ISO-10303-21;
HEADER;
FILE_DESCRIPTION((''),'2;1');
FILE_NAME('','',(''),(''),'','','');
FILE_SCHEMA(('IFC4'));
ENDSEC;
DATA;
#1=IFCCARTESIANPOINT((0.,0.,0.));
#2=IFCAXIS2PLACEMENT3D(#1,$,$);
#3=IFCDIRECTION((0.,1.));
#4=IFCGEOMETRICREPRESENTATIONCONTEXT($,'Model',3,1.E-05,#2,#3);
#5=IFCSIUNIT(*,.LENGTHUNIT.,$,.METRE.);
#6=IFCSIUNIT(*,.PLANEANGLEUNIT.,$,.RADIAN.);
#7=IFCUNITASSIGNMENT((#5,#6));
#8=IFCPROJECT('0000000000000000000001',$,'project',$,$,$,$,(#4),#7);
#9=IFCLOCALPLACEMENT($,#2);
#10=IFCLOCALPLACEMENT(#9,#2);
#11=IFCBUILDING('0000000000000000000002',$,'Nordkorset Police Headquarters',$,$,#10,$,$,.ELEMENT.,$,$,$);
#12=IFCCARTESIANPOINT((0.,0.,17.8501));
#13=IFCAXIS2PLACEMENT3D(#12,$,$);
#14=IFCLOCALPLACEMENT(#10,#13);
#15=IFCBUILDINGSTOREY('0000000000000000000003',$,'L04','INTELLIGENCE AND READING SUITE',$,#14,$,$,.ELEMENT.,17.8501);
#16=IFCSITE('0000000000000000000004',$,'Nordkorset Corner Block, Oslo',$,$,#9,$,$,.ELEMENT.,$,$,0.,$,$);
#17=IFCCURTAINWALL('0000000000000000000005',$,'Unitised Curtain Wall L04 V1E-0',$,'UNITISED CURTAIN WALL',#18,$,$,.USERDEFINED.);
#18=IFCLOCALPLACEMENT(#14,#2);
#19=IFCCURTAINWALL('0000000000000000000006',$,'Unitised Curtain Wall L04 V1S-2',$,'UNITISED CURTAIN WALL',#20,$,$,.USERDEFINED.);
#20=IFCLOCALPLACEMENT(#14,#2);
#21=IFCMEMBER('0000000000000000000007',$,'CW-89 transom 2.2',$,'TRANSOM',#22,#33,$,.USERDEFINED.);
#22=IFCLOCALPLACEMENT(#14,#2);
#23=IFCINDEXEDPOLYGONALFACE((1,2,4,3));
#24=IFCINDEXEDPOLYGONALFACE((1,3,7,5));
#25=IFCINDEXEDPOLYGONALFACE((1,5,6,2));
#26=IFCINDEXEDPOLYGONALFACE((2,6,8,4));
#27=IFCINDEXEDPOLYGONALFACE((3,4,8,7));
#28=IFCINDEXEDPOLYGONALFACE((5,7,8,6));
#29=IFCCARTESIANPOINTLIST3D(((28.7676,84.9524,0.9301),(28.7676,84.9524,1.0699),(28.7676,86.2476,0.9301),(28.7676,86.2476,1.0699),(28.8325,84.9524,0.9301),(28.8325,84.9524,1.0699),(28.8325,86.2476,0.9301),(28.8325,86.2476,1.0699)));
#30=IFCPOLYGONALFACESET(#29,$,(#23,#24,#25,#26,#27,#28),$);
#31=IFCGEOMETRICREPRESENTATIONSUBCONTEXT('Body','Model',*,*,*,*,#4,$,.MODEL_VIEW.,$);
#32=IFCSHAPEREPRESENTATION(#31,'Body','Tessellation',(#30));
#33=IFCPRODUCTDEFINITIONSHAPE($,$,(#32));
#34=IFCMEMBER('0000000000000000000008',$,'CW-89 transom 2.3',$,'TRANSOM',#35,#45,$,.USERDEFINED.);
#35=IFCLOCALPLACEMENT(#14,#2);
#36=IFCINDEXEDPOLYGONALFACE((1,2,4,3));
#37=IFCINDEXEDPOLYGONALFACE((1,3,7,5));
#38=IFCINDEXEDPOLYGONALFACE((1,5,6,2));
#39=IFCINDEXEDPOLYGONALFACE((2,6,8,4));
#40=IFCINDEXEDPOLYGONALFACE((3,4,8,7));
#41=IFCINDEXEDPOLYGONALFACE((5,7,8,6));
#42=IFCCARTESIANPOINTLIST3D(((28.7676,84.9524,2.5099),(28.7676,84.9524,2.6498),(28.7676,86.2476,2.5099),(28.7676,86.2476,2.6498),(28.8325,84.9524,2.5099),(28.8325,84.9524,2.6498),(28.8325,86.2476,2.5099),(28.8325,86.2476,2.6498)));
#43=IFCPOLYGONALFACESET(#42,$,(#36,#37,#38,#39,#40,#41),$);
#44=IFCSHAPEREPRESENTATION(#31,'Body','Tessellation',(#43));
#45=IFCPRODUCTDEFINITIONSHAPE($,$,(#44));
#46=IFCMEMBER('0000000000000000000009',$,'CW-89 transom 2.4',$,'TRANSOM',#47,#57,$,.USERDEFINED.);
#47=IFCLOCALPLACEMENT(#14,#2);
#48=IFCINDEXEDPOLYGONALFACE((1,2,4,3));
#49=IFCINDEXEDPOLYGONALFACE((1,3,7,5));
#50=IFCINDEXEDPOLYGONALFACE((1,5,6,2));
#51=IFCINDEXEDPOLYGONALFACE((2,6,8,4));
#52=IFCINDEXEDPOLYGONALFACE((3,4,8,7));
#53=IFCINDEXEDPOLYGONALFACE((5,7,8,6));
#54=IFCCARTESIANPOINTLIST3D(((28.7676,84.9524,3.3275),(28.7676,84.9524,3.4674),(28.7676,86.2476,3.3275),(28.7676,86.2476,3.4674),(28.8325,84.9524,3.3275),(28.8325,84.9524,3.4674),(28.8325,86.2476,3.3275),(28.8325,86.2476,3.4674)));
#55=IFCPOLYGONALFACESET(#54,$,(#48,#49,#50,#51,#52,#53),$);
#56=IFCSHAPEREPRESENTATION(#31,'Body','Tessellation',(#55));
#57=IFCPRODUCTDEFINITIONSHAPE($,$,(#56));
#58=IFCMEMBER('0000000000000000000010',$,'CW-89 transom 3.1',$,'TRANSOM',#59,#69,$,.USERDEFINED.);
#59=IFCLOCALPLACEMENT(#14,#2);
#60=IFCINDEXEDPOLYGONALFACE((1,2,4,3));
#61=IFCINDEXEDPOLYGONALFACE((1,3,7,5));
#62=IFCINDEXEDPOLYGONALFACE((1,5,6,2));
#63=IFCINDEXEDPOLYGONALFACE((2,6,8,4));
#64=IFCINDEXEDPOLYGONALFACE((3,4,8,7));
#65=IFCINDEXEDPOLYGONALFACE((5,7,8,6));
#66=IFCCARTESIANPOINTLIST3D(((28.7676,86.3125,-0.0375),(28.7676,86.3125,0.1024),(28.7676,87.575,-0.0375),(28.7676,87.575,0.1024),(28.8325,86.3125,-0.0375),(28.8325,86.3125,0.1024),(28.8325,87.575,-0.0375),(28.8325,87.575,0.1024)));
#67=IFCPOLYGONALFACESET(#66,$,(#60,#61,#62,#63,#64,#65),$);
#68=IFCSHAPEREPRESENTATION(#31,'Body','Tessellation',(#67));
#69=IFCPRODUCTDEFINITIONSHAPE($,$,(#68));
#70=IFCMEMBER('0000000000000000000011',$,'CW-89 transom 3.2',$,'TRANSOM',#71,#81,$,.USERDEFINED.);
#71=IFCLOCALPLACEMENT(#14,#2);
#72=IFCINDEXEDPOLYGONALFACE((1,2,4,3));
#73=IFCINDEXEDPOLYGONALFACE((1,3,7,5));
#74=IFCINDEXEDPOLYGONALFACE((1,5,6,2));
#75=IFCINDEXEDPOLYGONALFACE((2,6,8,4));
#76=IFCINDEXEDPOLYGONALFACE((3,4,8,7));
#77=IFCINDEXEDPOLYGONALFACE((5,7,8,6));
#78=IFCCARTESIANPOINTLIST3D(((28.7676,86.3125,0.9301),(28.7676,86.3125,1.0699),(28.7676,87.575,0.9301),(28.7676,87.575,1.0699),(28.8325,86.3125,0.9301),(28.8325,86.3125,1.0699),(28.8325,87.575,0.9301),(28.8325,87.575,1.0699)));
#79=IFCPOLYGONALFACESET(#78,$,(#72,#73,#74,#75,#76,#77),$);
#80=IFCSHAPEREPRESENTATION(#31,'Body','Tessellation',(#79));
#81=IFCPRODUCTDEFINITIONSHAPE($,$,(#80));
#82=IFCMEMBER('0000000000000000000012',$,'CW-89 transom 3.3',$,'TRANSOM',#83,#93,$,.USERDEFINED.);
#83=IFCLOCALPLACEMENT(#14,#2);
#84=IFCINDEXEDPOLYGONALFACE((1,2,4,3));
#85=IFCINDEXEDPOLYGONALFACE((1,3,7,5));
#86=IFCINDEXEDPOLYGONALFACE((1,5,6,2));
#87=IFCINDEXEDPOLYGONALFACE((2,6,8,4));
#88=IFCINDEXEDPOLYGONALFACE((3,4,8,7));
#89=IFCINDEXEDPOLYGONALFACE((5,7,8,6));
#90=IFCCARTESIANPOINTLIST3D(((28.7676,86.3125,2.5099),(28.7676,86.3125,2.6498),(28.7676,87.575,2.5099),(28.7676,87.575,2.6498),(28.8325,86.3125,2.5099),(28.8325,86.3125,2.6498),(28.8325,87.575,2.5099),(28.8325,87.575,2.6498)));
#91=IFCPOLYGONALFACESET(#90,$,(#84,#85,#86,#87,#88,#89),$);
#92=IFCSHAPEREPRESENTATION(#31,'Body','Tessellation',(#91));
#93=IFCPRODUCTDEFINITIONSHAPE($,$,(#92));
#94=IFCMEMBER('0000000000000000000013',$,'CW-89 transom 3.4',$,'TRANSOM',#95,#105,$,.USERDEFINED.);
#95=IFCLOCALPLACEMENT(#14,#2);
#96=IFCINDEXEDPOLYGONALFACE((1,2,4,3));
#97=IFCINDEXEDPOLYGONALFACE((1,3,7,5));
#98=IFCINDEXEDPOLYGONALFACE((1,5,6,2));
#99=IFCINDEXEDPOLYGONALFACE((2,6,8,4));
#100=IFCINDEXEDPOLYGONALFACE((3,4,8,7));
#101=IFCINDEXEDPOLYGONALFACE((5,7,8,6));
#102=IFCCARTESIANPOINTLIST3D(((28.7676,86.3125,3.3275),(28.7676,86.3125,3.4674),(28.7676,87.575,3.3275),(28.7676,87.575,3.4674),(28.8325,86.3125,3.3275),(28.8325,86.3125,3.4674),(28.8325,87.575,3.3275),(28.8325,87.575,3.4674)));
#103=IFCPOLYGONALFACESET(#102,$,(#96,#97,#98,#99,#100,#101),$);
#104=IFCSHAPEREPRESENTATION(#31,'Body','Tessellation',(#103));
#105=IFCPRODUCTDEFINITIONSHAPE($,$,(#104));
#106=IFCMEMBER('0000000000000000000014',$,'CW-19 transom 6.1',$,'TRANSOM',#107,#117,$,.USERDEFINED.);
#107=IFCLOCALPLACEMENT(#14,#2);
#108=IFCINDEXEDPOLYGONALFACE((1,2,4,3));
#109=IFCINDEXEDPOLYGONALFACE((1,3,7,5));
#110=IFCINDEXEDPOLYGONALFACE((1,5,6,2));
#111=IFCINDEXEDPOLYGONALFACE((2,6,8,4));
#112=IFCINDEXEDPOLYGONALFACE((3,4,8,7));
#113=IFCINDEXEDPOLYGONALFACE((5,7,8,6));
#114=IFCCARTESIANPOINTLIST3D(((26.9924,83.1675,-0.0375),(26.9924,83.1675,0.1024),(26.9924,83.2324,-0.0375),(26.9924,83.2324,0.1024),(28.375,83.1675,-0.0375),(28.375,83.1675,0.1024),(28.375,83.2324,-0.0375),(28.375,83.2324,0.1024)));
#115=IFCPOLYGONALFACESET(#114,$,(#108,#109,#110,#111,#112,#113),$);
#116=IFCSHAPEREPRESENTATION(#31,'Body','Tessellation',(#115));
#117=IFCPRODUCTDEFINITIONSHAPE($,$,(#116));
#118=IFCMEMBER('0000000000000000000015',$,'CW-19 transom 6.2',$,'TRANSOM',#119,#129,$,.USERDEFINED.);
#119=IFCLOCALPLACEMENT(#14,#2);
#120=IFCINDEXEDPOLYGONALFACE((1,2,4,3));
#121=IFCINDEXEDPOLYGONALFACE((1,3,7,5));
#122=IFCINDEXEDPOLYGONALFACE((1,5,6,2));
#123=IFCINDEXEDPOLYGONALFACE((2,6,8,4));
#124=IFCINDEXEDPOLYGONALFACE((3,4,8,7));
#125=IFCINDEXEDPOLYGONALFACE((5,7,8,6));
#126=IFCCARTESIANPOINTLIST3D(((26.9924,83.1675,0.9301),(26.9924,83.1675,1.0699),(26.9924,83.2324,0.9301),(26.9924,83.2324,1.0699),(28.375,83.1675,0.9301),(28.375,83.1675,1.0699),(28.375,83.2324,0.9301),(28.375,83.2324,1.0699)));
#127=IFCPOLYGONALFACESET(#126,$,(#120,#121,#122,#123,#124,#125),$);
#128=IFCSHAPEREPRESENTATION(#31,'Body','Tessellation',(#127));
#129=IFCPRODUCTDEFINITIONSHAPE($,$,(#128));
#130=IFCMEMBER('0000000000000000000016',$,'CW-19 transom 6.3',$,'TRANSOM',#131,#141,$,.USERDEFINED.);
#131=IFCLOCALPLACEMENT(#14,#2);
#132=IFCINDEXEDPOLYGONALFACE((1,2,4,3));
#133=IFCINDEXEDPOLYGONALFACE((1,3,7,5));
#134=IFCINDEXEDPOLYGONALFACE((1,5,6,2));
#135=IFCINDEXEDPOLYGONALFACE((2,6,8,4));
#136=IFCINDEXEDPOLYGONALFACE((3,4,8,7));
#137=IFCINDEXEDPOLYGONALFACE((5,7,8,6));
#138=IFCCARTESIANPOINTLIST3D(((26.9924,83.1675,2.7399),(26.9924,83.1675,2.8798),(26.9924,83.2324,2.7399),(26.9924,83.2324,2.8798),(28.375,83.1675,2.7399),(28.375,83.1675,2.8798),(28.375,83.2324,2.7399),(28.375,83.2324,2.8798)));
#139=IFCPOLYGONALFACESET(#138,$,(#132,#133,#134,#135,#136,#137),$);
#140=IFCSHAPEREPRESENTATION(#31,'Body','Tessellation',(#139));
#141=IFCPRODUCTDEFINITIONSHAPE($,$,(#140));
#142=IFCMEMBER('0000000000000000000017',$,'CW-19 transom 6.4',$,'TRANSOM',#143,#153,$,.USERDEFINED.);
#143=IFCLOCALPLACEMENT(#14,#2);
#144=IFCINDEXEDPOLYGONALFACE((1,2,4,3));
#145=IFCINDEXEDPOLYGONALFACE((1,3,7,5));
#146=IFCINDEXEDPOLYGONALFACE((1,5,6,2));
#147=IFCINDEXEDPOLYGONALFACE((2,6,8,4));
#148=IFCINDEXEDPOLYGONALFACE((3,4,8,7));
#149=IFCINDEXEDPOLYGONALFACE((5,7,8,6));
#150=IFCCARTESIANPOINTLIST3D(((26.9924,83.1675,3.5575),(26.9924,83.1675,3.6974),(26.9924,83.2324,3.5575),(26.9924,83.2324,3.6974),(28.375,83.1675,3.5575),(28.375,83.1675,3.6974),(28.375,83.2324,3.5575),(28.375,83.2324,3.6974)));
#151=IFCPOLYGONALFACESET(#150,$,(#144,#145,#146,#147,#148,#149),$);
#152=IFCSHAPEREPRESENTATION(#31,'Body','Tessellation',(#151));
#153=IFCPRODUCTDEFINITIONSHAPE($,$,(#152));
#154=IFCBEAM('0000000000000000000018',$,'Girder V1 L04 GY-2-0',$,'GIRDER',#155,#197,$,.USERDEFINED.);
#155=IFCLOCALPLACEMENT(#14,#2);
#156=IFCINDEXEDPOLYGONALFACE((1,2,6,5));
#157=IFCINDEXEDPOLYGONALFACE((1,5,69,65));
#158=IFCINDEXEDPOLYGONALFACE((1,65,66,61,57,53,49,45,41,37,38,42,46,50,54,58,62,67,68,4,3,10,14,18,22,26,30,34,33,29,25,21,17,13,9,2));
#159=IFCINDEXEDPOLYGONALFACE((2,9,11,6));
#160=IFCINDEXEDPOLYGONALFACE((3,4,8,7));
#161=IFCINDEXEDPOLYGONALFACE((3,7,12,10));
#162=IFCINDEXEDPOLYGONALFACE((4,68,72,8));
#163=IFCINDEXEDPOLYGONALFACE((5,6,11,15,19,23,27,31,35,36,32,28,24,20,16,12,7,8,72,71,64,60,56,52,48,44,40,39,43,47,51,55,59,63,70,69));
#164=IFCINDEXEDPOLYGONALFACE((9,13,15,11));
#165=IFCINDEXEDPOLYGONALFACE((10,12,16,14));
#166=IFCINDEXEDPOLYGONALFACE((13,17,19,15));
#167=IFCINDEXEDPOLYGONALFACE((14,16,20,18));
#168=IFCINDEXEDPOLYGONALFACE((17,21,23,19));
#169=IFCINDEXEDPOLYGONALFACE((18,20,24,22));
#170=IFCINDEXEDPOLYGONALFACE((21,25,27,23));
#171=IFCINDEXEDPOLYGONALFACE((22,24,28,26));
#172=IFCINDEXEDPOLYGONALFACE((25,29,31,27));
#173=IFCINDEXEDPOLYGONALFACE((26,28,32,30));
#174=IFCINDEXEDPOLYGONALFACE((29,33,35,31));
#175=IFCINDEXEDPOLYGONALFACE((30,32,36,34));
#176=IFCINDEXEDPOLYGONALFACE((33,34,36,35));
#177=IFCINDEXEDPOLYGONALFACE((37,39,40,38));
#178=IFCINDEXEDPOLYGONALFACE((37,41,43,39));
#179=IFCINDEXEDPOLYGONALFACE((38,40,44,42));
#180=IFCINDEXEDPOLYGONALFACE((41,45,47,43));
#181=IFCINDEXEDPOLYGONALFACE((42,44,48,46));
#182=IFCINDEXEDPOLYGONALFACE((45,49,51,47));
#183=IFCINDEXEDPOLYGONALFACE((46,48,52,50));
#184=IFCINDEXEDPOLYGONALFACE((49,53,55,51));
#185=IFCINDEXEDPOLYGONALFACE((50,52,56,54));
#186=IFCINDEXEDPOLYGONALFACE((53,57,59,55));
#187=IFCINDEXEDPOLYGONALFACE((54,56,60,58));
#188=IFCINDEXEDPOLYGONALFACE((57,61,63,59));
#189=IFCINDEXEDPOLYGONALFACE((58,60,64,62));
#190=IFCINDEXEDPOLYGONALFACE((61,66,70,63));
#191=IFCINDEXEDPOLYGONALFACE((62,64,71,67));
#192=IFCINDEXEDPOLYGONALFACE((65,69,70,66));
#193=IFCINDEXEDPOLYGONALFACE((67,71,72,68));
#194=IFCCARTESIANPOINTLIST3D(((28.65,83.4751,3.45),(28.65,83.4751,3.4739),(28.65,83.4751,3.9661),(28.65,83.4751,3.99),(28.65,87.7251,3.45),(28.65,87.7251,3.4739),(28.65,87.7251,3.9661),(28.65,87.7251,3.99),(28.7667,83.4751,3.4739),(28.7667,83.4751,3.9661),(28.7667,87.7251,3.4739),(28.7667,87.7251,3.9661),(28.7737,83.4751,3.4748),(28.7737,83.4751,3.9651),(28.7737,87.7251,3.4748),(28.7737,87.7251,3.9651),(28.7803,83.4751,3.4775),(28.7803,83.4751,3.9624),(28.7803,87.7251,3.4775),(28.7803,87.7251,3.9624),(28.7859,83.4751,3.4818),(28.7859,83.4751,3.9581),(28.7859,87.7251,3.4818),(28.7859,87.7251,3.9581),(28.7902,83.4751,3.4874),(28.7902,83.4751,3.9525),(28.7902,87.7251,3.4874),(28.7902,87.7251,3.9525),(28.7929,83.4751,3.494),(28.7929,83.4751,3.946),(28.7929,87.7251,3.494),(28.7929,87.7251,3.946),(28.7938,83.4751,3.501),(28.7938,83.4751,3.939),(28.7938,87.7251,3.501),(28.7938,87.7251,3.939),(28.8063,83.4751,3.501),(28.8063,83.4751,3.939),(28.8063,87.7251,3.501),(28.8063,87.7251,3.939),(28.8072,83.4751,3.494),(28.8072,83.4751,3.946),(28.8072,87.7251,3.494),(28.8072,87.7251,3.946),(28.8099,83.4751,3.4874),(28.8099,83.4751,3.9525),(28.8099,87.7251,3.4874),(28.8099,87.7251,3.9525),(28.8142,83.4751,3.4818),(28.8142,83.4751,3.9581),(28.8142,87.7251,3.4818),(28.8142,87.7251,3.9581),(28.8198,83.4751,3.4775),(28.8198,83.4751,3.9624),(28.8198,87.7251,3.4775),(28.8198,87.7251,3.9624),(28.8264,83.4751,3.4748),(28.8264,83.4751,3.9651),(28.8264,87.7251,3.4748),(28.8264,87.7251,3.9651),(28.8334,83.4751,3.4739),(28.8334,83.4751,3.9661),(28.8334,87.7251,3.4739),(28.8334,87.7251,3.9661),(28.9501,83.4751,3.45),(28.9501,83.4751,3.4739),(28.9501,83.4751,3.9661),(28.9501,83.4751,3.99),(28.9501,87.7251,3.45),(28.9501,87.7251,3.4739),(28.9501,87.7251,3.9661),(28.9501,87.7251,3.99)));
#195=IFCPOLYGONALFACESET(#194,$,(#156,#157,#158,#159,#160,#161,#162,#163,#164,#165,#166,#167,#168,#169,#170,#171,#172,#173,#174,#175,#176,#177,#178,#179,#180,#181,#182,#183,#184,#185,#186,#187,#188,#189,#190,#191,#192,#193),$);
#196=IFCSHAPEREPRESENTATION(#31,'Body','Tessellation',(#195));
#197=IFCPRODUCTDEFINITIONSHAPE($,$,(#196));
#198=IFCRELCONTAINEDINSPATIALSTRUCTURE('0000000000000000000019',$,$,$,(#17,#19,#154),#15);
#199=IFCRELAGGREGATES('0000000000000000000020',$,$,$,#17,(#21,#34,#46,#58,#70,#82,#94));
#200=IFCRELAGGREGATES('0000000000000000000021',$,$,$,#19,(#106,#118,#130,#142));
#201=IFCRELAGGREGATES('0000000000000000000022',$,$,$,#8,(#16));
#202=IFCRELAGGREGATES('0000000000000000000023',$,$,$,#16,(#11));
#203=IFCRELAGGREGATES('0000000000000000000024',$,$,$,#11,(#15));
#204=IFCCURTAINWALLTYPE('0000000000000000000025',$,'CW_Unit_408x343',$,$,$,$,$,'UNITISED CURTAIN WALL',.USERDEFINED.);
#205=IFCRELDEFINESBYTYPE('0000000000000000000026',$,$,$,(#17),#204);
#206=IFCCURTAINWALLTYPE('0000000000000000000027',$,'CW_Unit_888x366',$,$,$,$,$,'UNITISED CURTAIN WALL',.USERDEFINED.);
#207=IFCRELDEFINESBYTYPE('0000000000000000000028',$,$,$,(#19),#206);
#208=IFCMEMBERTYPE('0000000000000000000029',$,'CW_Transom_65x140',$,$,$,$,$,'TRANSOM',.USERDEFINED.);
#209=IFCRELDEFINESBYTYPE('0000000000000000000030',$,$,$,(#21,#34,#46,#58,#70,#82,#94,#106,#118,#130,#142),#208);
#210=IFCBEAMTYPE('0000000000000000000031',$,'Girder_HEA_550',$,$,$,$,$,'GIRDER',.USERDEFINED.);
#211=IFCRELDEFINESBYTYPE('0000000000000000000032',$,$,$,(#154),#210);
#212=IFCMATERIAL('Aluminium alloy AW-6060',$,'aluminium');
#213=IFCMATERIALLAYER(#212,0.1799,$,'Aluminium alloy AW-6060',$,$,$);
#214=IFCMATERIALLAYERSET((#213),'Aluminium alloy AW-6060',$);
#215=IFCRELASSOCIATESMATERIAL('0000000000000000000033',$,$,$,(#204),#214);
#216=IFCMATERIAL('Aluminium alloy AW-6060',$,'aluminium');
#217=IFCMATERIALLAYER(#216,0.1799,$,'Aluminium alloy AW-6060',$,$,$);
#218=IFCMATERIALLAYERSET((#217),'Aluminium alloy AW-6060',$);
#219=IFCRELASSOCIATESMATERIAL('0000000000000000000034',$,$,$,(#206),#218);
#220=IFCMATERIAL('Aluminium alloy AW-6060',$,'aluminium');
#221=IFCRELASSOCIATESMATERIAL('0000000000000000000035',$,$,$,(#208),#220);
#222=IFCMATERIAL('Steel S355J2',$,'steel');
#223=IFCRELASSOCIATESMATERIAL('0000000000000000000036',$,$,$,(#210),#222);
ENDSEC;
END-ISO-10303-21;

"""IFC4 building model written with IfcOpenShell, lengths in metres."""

from ifc_helpers import new_model, si_unit, direction, frame, origin, origin_2d, place, context, subcontext, project, spatial, rectangle, i_section, extrude, material, layer, layer_set, material_profile, profile_set, type_object, element, aggregate, save


model = new_model("IFC4")

# Units and contexts
model_context = context("Model", 3, precision=1e-05, world=origin(), true_north=direction((0.0, 1.0)))
body_context = subcontext(model_context, "Body", "Model", "MODEL_VIEW")
ifc_project = project(units=[si_unit("LENGTHUNIT", "METRE"), si_unit("PLANEANGLEUNIT", "RADIAN")], contexts=[model_context])

# Site, building, storey
site_placement = place(None, origin())
site = spatial("IfcSite", under=ifc_project, at=site_placement, Name="Nordkorset Corner Block, Oslo", CompositionType="ELEMENT", RefElevation=0.0)
building_placement = place(site_placement, origin())
building = spatial("IfcBuilding", under=site, at=building_placement, Name="Nordkorset Police Headquarters", CompositionType="ELEMENT")
storey_placement = place(building_placement, frame((0.0, 0.0, 17.8501)))
storey = spatial("IfcBuildingStorey", under=building, at=storey_placement, Name="L04", Description="INTELLIGENCE AND READING SUITE", CompositionType="ELEMENT", Elevation=17.8501)

# Curtain walls
ifc_material_1 = material(Name="Aluminium alloy AW-6060", Category="aluminium")
ifc_layer_1 = layer(ifc_material_1, 0.1799, Name="Aluminium alloy AW-6060")
ifc_layer_set_1 = layer_set([ifc_layer_1], Name="Aluminium alloy AW-6060")
curtain_wall_type_1 = type_object("IfcCurtainWallType", Name="CW_Unit_408x343", ElementType="UNITISED CURTAIN WALL", PredefinedType="USERDEFINED", material=ifc_layer_set_1)
curtain_wall_1_placement = place(storey_placement, origin())
curtain_wall_1 = element("IfcCurtainWall", 1, at=curtain_wall_1_placement, inside=storey, type_object=curtain_wall_type_1, Name="Unitised Curtain Wall L04 V1E-0", ObjectType="UNITISED CURTAIN WALL", PredefinedType="USERDEFINED")
ifc_material_2 = material(Name="Aluminium alloy AW-6060", Category="aluminium")
ifc_layer_2 = layer(ifc_material_2, 0.1799, Name="Aluminium alloy AW-6060")
ifc_layer_set_2 = layer_set([ifc_layer_2], Name="Aluminium alloy AW-6060")
curtain_wall_type_2 = type_object("IfcCurtainWallType", Name="CW_Unit_888x366", ElementType="UNITISED CURTAIN WALL", PredefinedType="USERDEFINED", material=ifc_layer_set_2)
curtain_wall_2_placement = place(storey_placement, origin())
curtain_wall_2 = element("IfcCurtainWall", 2, at=curtain_wall_2_placement, inside=storey, type_object=curtain_wall_type_2, Name="Unitised Curtain Wall L04 V1S-2", ObjectType="UNITISED CURTAIN WALL", PredefinedType="USERDEFINED")

# Members
ifc_material_3 = material(Name="Aluminium alloy AW-6060", Category="aluminium")
ifc_material_profile_1 = material_profile(ifc_material_3, rectangle(XDim=0.0649, YDim=0.1399, at=origin_2d()), Name="ALU TRAN 65x140")
ifc_profile_set_1 = profile_set([ifc_material_profile_1], Name="Aluminium alloy AW-6060")
member_type_1 = type_object("IfcMemberType", Name="CW_Transom_65x140", ElementType="TRANSOM", PredefinedType="USERDEFINED", material=ifc_profile_set_1)
member_1_placement = place(storey_placement, frame((28.8, 84.9524, 1.0), z_axis=(0.0, 1.0, 0.0), x_axis=(-1.0, 0.0, 0.0)))
member_1 = element("IfcMember", 3, at=member_1_placement, type_object=member_type_1, Name="CW-89 transom 2.2", ObjectType="TRANSOM", PredefinedType="USERDEFINED", context=body_context, shape_type="SweptSolid", body=[
    extrude(rectangle(XDim=0.0649, YDim=0.1399, at=origin_2d()), origin(), (0.0, 0.0, 1.0), 1.2952),
])
member_2_placement = place(storey_placement, frame((28.8, 84.9524, 2.5798), z_axis=(0.0, 1.0, 0.0), x_axis=(-1.0, 0.0, 0.0)))
member_2 = element("IfcMember", 4, at=member_2_placement, type_object=member_type_1, Name="CW-89 transom 2.3", ObjectType="TRANSOM", PredefinedType="USERDEFINED", context=body_context, shape_type="SweptSolid", body=[
    extrude(rectangle(XDim=0.0649, YDim=0.1399, at=origin_2d()), origin(), (0.0, 0.0, 1.0), 1.2952),
])
member_3_placement = place(storey_placement, frame((28.8, 84.9524, 3.3975), z_axis=(0.0, 1.0, 0.0), x_axis=(-1.0, 0.0, 0.0)))
member_3 = element("IfcMember", 5, at=member_3_placement, type_object=member_type_1, Name="CW-89 transom 2.4", ObjectType="TRANSOM", PredefinedType="USERDEFINED", context=body_context, shape_type="SweptSolid", body=[
    extrude(rectangle(XDim=0.0649, YDim=0.1399, at=origin_2d()), origin(), (0.0, 0.0, 1.0), 1.2952),
])
member_4_placement = place(storey_placement, frame((28.8, 86.3125, 0.0325), z_axis=(0.0, 1.0, 0.0), x_axis=(-1.0, 0.0, 0.0)))
member_4 = element("IfcMember", 6, at=member_4_placement, type_object=member_type_1, Name="CW-89 transom 3.1", ObjectType="TRANSOM", PredefinedType="USERDEFINED", context=body_context, shape_type="SweptSolid", body=[
    extrude(rectangle(XDim=0.0649, YDim=0.1399, at=origin_2d()), origin(), (0.0, 0.0, 1.0), 1.2625),
])
member_5_placement = place(storey_placement, frame((28.8, 86.3125, 1.0), z_axis=(0.0, 1.0, 0.0), x_axis=(-1.0, 0.0, 0.0)))
member_5 = element("IfcMember", 7, at=member_5_placement, type_object=member_type_1, Name="CW-89 transom 3.2", ObjectType="TRANSOM", PredefinedType="USERDEFINED", context=body_context, shape_type="SweptSolid", body=[
    extrude(rectangle(XDim=0.0649, YDim=0.1399, at=origin_2d()), origin(), (0.0, 0.0, 1.0), 1.2625),
])
member_6_placement = place(storey_placement, frame((28.8, 86.3125, 2.5798), z_axis=(0.0, 1.0, 0.0), x_axis=(-1.0, 0.0, 0.0)))
member_6 = element("IfcMember", 8, at=member_6_placement, type_object=member_type_1, Name="CW-89 transom 3.3", ObjectType="TRANSOM", PredefinedType="USERDEFINED", context=body_context, shape_type="SweptSolid", body=[
    extrude(rectangle(XDim=0.0649, YDim=0.1399, at=origin_2d()), origin(), (0.0, 0.0, 1.0), 1.2625),
])
member_7_placement = place(storey_placement, frame((28.8, 86.3125, 3.3975), z_axis=(0.0, 1.0, 0.0), x_axis=(-1.0, 0.0, 0.0)))
member_7 = element("IfcMember", 9, at=member_7_placement, type_object=member_type_1, Name="CW-89 transom 3.4", ObjectType="TRANSOM", PredefinedType="USERDEFINED", context=body_context, shape_type="SweptSolid", body=[
    extrude(rectangle(XDim=0.0649, YDim=0.1399, at=origin_2d()), origin(), (0.0, 0.0, 1.0), 1.2625),
])
member_8_placement = place(storey_placement, frame((26.9924, 83.2, 0.0325), z_axis=(1.0, 0.0, 0.0), x_axis=(0.0, 1.0, 0.0)))
member_8 = element("IfcMember", 10, at=member_8_placement, type_object=member_type_1, Name="CW-19 transom 6.1", ObjectType="TRANSOM", PredefinedType="USERDEFINED", context=body_context, shape_type="SweptSolid", body=[
    extrude(rectangle(XDim=0.0649, YDim=0.1399, at=origin_2d()), origin(), (0.0, 0.0, 1.0), 1.3826),
])
member_9_placement = place(storey_placement, frame((26.9924, 83.2, 1.0), z_axis=(1.0, 0.0, 0.0), x_axis=(0.0, 1.0, 0.0)))
member_9 = element("IfcMember", 11, at=member_9_placement, type_object=member_type_1, Name="CW-19 transom 6.2", ObjectType="TRANSOM", PredefinedType="USERDEFINED", context=body_context, shape_type="SweptSolid", body=[
    extrude(rectangle(XDim=0.0649, YDim=0.1399, at=origin_2d()), origin(), (0.0, 0.0, 1.0), 1.3826),
])
member_10_placement = place(storey_placement, frame((26.9924, 83.2, 2.8098), z_axis=(1.0, 0.0, 0.0), x_axis=(0.0, 1.0, 0.0)))
member_10 = element("IfcMember", 12, at=member_10_placement, type_object=member_type_1, Name="CW-19 transom 6.3", ObjectType="TRANSOM", PredefinedType="USERDEFINED", context=body_context, shape_type="SweptSolid", body=[
    extrude(rectangle(XDim=0.0649, YDim=0.1399, at=origin_2d()), origin(), (0.0, 0.0, 1.0), 1.3826),
])
member_11_placement = place(storey_placement, frame((26.9924, 83.2, 3.6274), z_axis=(1.0, 0.0, 0.0), x_axis=(0.0, 1.0, 0.0)))
member_11 = element("IfcMember", 13, at=member_11_placement, type_object=member_type_1, Name="CW-19 transom 6.4", ObjectType="TRANSOM", PredefinedType="USERDEFINED", context=body_context, shape_type="SweptSolid", body=[
    extrude(rectangle(XDim=0.0649, YDim=0.1399, at=origin_2d()), origin(), (0.0, 0.0, 1.0), 1.3826),
])

# Beam
ifc_material_4 = material(Name="Steel S355J2", Category="steel")
ifc_material_profile_2 = material_profile(ifc_material_4, i_section(OverallWidth=0.3, OverallDepth=0.54, WebThickness=0.0125, FlangeThickness=0.0239, FilletRadius=0.0271, at=origin_2d()), Name="HEA 550")
ifc_profile_set_2 = profile_set([ifc_material_profile_2], Name="Steel S355J2")
beam_type = type_object("IfcBeamType", Name="Girder_HEA_550", ElementType="GIRDER", PredefinedType="USERDEFINED", material=ifc_profile_set_2)
beam_placement = place(storey_placement, frame((28.8, 83.4751, 3.72), z_axis=(0.0, 1.0, 0.0), x_axis=(-1.0, 0.0, 0.0)))
element("IfcBeam", 14, at=beam_placement, inside=storey, type_object=beam_type, Name="Girder V1 L04 GY-2-0", ObjectType="GIRDER", PredefinedType="USERDEFINED", context=body_context, shape_type="SweptSolid", body=[
    extrude(i_section(OverallWidth=0.3, OverallDepth=0.54, WebThickness=0.0125, FlangeThickness=0.0239, FilletRadius=0.0271, at=origin_2d()), origin(), (0.0, 0.0, 1.0), 4.25),
])

aggregate(curtain_wall_1, [member_1, member_2, member_3, member_4, member_5, member_6, member_7])
aggregate(curtain_wall_2, [member_8, member_9, member_10, member_11])

save(model, "model.ifc")
